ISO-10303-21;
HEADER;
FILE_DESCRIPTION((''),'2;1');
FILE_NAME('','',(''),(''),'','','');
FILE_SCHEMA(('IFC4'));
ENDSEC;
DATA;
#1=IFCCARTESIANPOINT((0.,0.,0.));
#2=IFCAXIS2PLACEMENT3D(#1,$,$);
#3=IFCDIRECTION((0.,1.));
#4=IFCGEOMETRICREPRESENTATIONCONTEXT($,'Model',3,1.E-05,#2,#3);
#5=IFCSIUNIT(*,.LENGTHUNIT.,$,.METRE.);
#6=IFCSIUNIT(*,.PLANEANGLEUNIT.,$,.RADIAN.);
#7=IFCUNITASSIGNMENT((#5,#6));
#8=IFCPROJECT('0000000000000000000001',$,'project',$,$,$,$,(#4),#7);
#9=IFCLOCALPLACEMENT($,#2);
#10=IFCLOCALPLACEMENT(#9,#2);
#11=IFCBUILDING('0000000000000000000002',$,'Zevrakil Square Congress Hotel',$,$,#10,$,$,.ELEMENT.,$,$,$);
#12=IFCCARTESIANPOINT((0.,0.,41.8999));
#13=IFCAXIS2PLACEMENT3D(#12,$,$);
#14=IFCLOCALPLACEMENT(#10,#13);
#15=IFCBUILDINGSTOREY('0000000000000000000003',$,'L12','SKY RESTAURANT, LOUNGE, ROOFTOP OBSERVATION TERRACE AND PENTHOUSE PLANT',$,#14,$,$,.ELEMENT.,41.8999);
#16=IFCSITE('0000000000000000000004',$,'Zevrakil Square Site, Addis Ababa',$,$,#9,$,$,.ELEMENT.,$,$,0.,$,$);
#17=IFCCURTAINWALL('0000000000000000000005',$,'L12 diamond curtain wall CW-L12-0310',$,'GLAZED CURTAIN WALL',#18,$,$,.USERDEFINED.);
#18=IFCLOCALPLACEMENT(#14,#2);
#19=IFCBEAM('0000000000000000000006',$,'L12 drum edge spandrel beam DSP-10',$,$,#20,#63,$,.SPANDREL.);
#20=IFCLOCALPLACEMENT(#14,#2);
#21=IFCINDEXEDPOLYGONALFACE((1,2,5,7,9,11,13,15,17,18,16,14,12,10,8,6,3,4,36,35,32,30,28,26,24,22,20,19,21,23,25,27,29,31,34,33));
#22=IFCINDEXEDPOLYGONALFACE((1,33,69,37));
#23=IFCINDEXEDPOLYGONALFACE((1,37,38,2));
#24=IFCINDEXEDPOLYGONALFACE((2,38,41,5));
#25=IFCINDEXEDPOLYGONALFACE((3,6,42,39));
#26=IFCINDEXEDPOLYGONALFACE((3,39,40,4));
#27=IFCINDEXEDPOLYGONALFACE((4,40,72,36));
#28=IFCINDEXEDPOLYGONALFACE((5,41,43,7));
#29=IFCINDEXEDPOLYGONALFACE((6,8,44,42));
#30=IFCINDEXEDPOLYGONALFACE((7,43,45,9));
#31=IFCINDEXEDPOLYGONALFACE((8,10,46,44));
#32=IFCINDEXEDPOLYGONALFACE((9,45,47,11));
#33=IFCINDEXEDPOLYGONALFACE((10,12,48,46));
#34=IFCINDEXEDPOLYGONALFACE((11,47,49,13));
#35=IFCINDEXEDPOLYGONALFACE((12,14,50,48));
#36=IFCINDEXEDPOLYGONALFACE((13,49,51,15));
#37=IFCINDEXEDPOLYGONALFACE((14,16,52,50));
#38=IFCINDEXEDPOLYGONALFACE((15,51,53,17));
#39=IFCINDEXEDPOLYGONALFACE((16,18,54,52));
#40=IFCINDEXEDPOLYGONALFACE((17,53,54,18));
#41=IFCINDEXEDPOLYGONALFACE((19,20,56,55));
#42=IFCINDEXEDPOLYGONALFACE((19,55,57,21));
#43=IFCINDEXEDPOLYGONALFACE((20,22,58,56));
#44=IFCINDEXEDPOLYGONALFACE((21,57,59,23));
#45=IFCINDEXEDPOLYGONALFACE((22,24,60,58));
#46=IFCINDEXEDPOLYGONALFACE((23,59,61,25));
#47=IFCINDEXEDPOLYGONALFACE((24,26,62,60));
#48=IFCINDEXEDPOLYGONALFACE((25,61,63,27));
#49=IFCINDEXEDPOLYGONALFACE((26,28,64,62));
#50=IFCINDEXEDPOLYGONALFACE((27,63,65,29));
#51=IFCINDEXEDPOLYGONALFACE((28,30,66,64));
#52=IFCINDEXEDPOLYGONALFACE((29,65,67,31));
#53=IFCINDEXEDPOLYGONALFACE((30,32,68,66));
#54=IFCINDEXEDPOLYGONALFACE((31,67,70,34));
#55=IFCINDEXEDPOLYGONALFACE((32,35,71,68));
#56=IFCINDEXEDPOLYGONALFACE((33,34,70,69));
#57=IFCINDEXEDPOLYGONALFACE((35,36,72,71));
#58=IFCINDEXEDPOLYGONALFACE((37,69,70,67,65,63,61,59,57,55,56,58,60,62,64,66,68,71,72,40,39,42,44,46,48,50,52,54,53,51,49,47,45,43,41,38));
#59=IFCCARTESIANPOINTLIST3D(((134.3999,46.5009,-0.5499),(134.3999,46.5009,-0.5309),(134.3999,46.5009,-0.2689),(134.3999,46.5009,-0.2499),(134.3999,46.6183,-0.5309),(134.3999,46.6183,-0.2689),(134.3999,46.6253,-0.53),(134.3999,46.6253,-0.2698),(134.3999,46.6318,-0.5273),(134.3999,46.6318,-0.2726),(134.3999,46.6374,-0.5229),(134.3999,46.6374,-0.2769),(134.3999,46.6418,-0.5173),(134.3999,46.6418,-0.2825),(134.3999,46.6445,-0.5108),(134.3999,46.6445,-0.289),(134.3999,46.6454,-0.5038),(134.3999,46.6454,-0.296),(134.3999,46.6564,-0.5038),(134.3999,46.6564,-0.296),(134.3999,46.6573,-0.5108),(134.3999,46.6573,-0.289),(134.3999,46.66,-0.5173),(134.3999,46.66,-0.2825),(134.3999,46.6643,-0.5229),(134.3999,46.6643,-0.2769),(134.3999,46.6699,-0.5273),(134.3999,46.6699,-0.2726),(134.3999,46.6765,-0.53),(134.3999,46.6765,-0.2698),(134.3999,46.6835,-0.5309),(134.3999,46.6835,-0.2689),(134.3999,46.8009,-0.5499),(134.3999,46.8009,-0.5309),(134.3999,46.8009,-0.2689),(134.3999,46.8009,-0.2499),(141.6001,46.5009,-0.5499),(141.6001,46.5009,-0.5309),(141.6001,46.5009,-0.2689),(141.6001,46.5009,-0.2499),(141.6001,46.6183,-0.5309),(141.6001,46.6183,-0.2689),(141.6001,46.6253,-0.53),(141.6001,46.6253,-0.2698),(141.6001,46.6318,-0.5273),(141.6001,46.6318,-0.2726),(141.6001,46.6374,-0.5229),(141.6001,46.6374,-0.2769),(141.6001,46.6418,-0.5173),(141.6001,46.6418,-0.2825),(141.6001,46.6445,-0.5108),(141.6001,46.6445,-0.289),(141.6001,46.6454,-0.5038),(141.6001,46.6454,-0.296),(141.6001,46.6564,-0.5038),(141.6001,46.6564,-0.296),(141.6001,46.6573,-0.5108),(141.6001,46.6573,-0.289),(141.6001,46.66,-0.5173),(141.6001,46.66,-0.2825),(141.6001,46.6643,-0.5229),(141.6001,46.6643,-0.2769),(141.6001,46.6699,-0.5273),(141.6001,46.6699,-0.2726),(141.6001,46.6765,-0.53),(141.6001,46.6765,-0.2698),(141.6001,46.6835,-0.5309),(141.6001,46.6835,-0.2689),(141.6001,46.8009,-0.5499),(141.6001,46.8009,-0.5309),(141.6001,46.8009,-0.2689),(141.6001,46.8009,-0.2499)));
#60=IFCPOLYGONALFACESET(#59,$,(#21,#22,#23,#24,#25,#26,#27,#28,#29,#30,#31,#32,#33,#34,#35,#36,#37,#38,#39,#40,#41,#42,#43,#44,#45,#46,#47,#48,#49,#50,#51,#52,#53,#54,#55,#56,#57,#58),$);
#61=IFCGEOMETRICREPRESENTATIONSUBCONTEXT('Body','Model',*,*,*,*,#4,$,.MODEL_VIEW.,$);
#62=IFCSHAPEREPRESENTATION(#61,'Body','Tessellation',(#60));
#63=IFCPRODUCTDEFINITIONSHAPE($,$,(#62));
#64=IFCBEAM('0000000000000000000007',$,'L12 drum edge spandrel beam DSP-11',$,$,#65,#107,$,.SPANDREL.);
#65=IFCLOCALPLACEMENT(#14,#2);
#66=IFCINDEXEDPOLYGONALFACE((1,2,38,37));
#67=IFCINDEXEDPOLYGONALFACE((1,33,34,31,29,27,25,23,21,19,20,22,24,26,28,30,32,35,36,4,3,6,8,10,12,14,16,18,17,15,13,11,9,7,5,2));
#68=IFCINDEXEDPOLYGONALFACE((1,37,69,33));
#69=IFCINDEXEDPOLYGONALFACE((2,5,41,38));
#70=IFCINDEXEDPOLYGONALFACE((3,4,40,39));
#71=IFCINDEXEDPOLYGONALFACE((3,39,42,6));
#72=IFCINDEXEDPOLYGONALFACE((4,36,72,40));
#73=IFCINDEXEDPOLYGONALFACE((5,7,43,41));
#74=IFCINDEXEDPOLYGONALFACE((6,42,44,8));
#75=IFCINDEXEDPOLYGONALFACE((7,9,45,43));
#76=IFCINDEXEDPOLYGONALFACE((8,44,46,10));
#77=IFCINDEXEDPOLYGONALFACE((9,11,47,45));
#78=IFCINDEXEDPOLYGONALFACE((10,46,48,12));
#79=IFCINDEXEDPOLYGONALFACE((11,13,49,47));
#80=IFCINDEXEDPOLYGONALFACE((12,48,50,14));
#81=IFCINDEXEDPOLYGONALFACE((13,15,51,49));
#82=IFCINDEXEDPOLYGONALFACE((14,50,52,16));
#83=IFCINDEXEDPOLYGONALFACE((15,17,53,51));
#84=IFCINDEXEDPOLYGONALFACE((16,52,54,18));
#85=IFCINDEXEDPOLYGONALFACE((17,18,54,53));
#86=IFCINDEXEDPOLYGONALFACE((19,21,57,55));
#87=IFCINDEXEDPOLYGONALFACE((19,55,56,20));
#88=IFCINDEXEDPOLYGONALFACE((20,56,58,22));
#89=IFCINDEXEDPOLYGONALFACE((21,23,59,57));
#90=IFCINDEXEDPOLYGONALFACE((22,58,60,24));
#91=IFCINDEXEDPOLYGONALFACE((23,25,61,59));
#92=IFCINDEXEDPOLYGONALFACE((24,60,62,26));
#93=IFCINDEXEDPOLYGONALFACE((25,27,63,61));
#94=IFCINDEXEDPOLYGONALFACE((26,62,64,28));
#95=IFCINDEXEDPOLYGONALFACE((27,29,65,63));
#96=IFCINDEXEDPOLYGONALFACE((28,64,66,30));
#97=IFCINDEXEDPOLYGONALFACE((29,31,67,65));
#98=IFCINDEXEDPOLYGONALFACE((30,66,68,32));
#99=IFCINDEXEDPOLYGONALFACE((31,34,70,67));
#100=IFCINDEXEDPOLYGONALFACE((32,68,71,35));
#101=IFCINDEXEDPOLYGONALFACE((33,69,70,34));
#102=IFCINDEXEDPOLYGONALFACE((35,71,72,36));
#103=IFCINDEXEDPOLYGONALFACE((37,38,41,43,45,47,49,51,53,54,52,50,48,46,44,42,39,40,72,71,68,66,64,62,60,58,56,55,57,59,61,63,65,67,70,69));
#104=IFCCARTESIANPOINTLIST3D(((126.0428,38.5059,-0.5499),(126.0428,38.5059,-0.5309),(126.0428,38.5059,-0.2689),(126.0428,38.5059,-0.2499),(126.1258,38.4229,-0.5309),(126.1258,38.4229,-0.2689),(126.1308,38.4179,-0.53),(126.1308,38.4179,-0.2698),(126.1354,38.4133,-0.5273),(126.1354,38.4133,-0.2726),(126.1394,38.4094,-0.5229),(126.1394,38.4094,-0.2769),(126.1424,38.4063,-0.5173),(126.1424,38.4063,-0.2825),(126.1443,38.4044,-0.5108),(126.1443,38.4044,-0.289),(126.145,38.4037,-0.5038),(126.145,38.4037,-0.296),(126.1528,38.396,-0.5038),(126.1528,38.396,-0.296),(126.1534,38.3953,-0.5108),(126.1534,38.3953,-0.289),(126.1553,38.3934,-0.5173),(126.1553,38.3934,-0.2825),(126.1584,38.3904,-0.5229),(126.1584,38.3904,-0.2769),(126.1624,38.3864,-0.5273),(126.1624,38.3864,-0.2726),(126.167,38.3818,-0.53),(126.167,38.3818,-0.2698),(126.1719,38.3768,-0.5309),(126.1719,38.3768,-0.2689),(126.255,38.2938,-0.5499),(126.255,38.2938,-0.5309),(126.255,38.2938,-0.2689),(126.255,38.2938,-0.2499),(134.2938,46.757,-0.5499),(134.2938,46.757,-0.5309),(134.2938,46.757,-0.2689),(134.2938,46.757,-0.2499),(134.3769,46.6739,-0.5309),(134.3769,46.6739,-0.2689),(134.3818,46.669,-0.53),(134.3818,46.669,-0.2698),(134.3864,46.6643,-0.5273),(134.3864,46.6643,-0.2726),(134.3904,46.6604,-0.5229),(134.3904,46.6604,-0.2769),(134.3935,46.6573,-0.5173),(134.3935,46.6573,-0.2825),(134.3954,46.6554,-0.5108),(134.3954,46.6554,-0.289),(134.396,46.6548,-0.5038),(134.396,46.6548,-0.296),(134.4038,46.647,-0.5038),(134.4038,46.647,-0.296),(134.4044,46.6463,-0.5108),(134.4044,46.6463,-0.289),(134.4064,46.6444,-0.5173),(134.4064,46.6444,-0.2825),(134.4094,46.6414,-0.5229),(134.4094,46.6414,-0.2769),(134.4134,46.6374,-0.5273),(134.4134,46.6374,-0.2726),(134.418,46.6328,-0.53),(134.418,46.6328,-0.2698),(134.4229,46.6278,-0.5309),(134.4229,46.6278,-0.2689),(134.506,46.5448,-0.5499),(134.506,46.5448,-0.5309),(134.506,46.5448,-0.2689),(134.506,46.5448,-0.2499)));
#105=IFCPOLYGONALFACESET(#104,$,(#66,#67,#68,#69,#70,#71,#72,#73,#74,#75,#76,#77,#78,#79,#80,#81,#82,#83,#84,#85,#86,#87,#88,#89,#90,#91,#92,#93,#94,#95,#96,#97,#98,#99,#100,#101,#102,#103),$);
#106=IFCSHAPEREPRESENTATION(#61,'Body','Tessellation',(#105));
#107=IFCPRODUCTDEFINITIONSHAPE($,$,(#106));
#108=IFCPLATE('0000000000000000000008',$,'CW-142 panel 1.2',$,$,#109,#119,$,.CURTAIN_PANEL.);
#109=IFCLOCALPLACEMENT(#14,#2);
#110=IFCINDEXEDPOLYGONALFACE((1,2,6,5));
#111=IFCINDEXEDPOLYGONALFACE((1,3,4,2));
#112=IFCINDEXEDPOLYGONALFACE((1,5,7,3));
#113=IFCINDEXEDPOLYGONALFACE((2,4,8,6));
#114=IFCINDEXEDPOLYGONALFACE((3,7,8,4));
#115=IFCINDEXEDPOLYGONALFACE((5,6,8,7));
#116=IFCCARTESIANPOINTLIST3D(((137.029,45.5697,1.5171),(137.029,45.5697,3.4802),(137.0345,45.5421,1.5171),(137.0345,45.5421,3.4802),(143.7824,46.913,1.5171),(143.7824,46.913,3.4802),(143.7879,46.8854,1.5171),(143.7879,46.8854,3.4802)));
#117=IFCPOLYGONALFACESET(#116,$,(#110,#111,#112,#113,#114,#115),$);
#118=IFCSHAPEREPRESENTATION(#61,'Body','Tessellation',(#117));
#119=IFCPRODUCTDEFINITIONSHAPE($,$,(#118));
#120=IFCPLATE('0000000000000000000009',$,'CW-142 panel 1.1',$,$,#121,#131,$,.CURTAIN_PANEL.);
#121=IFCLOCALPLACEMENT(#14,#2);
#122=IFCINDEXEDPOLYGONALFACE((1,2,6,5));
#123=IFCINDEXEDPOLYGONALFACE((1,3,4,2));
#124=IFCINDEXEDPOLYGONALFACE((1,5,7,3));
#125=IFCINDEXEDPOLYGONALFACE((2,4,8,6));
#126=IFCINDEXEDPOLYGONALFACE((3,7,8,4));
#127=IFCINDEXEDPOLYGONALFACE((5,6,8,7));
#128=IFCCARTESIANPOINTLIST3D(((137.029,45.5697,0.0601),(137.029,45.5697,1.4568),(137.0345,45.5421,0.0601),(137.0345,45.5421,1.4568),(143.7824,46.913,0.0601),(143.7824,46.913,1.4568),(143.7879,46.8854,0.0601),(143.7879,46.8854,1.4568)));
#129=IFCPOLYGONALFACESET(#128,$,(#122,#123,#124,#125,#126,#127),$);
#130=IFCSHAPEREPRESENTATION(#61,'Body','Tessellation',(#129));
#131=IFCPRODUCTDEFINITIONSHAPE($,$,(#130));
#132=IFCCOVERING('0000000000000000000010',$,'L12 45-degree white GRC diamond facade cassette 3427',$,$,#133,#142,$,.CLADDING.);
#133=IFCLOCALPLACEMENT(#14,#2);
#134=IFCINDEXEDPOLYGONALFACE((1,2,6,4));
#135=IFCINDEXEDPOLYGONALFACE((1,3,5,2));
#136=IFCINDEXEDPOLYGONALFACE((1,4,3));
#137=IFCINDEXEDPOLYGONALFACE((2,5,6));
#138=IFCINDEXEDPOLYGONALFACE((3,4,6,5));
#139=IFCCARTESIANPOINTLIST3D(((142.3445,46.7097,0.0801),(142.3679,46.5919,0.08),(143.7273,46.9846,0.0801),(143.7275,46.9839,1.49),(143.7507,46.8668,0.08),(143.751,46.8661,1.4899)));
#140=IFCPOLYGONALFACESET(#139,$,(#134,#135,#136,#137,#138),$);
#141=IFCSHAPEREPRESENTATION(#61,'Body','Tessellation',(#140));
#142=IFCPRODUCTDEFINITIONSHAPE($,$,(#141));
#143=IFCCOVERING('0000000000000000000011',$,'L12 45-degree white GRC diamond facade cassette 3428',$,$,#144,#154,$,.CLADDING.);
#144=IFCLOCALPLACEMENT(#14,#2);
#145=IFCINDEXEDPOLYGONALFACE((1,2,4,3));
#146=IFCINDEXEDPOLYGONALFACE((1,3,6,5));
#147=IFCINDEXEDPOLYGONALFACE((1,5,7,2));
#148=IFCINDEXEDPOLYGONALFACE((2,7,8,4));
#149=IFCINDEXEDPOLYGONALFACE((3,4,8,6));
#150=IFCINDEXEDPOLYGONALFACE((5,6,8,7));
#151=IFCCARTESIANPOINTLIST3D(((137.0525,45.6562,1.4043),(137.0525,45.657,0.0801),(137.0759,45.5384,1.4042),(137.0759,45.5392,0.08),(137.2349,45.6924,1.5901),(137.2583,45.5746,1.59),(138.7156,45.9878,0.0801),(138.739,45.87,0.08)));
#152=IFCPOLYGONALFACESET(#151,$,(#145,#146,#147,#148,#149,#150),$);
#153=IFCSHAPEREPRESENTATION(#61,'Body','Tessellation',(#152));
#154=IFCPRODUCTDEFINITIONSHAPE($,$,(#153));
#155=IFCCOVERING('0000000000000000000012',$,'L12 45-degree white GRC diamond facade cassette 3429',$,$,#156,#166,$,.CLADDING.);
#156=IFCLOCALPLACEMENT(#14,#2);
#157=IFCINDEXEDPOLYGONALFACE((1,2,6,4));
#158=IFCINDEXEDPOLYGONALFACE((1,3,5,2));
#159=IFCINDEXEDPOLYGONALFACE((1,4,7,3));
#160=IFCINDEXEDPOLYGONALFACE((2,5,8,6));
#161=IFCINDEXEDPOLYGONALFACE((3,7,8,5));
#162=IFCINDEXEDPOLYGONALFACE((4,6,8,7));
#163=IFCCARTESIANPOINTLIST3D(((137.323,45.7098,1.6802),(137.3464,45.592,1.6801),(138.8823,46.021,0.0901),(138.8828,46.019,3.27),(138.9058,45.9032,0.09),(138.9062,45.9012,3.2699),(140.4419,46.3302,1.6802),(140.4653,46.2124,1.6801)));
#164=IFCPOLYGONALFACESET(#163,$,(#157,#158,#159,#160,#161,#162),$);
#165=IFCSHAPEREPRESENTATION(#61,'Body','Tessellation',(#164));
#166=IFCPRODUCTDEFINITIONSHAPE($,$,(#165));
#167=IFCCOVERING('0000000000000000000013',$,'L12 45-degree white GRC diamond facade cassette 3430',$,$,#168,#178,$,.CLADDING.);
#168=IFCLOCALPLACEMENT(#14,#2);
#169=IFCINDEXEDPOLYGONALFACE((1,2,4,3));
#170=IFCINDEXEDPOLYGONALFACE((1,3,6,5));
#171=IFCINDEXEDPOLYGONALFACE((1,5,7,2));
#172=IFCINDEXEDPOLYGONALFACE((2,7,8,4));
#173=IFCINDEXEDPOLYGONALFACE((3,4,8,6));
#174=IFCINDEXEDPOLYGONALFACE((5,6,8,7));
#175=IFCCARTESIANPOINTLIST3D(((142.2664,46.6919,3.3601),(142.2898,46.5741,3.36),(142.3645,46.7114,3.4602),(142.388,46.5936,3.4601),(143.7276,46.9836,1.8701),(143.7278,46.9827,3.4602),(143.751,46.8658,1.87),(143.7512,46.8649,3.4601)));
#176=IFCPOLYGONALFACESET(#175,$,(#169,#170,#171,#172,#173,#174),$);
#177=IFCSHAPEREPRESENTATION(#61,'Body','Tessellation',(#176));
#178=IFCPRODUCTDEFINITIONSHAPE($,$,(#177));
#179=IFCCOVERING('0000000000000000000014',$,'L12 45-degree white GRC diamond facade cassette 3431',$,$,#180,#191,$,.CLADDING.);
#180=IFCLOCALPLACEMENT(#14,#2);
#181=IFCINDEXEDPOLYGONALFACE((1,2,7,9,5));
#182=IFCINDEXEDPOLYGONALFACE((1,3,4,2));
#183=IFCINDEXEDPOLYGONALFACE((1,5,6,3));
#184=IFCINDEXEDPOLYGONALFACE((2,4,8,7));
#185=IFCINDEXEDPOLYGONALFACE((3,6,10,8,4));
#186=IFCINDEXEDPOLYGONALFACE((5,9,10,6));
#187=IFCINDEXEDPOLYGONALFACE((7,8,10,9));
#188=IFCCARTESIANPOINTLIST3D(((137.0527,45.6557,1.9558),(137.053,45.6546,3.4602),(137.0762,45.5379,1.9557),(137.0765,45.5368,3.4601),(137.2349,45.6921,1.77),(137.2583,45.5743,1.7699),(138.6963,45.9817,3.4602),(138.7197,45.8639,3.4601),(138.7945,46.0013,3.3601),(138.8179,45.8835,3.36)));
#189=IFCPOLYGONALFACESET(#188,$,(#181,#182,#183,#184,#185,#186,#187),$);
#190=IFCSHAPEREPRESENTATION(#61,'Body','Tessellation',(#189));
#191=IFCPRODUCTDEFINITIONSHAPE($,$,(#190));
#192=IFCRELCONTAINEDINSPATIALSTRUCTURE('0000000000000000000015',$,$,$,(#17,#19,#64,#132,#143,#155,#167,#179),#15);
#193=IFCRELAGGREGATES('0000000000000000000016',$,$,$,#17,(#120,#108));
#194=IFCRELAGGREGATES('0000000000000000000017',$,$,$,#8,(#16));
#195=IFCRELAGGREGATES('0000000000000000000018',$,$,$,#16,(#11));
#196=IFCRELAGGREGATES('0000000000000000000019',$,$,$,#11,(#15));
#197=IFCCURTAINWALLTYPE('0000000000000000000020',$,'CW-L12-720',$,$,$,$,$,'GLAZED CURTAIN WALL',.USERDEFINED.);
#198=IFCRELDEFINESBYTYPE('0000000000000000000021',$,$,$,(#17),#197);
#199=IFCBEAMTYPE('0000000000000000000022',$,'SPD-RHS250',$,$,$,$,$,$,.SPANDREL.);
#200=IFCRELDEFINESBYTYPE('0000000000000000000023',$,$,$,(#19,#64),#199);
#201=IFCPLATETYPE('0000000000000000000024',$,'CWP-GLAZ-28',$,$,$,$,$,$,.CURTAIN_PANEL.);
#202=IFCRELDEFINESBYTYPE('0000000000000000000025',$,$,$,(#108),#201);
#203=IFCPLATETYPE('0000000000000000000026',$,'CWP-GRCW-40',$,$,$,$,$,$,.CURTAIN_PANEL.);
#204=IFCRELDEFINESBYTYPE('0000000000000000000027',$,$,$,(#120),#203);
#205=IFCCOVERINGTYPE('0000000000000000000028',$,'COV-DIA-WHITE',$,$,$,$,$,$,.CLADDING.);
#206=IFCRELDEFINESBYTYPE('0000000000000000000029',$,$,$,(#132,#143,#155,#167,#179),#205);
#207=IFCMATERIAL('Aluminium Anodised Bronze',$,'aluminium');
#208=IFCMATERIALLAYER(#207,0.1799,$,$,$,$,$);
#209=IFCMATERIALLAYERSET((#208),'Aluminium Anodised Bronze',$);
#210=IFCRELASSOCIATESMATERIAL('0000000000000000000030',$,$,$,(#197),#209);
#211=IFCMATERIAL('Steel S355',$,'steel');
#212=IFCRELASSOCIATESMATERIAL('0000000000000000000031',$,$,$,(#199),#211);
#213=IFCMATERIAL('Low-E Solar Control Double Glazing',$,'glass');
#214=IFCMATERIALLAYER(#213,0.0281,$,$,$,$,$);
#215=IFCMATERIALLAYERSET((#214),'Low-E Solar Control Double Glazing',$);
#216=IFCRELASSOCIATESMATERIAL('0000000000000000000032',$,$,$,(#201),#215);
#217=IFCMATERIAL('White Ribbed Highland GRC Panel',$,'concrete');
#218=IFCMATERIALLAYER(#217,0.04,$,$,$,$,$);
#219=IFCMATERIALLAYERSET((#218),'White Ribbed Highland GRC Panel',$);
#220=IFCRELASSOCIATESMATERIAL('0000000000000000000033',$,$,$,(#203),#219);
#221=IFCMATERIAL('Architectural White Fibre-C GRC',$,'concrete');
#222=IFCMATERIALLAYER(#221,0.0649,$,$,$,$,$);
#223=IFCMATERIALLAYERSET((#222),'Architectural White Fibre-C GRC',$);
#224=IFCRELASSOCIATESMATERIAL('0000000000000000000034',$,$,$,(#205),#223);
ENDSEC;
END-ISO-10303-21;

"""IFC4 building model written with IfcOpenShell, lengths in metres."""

from ifc_helpers import new_model, si_unit, direction, frame, origin, origin_2d, place, context, subcontext, project, spatial, polyline, rectangle, i_section, outline, extrude, material, layer, layer_set, material_profile, profile_set, type_object, element, aggregate, save


model = new_model("IFC4")

# Units and contexts
model_context = context("Model", 3, precision=1e-05, world=origin(), true_north=direction((0.0, 1.0)))
body_context = subcontext(model_context, "Body", "Model", "MODEL_VIEW")
ifc_project = project(units=[si_unit("LENGTHUNIT", "METRE"), si_unit("PLANEANGLEUNIT", "RADIAN")], contexts=[model_context])

# Site, building, storey
site_placement = place(None, origin())
site = spatial("IfcSite", under=ifc_project, at=site_placement, Name="Zevrakil Square Site, Addis Ababa", CompositionType="ELEMENT", RefElevation=0.0)
building_placement = place(site_placement, origin())
building = spatial("IfcBuilding", under=site, at=building_placement, Name="Zevrakil Square Congress Hotel", CompositionType="ELEMENT")
storey_placement = place(building_placement, frame((0.0, 0.0, 41.8999)))
storey = spatial("IfcBuildingStorey", under=building, at=storey_placement, Name="L12", Description="SKY RESTAURANT, LOUNGE, ROOFTOP OBSERVATION TERRACE AND PENTHOUSE PLANT", CompositionType="ELEMENT", Elevation=41.8999)

# Curtain wall
ifc_material_1 = material(Name="Aluminium Anodised Bronze", Category="aluminium")
ifc_layer_1 = layer(ifc_material_1, 0.1799)
ifc_layer_set_1 = layer_set([ifc_layer_1], Name="Aluminium Anodised Bronze")
curtain_wall_type_1 = type_object("IfcCurtainWallType", Name="CW-L12-720", ElementType="GLAZED CURTAIN WALL", PredefinedType="USERDEFINED", material=ifc_layer_set_1)
curtain_wall_1_placement = place(storey_placement, origin())
curtain_wall_1 = element("IfcCurtainWall", 1, at=curtain_wall_1_placement, inside=storey, type_object=curtain_wall_type_1, Name="L12 diamond curtain wall CW-L12-0310", ObjectType="GLAZED CURTAIN WALL", PredefinedType="USERDEFINED")

# Beams
ifc_material_2 = material(Name="Steel S355", Category="steel")
ifc_material_profile_1 = material_profile(ifc_material_2, i_section(OverallWidth=0.3, OverallDepth=0.3, WebThickness=0.011, FlangeThickness=0.019, FilletRadius=0.0271, at=origin_2d()), Name="HEB 300")
ifc_profile_set_1 = profile_set([ifc_material_profile_1], Name="Steel S355")
beam_type_1 = type_object("IfcBeamType", Name="SPD-RHS250", PredefinedType="SPANDREL", material=ifc_profile_set_1)
beam_1_placement = place(storey_placement, frame((141.6001, 46.6509, -0.3999), z_axis=(-1.0, 0.0, 0.0), x_axis=(0.0, -1.0, 0.0)))
element("IfcBeam", 2, at=beam_1_placement, inside=storey, type_object=beam_type_1, Name="L12 drum edge spandrel beam DSP-10", PredefinedType="SPANDREL", context=body_context, shape_type="SweptSolid", body=[
    extrude(i_section(OverallWidth=0.3, OverallDepth=0.3, WebThickness=0.011, FlangeThickness=0.019, FilletRadius=0.0271, at=origin_2d()), origin(), (0.0, 0.0, 1.0), 7.2002),
])
beam_2_placement = place(storey_placement, frame((134.3999, 46.6509, -0.3999), z_axis=(-0.707107, -0.707107, 0.0), x_axis=(0.707107, -0.707107, 0.0)))
element("IfcBeam", 3, at=beam_2_placement, inside=storey, type_object=beam_type_1, Name="L12 drum edge spandrel beam DSP-11", PredefinedType="SPANDREL", context=body_context, shape_type="SweptSolid", body=[
    extrude(i_section(OverallWidth=0.3, OverallDepth=0.3, WebThickness=0.011, FlangeThickness=0.019, FilletRadius=0.0271, at=origin_2d()), origin(), (0.0, 0.0, 1.0), 11.6687),
])

# Plates
ifc_material_3 = material(Name="Low-E Solar Control Double Glazing", Category="glass")
ifc_layer_2 = layer(ifc_material_3, 0.0281)
ifc_layer_set_2 = layer_set([ifc_layer_2], Name="Low-E Solar Control Double Glazing")
plate_type_1 = type_object("IfcPlateType", Name="CWP-GLAZ-28", PredefinedType="CURTAIN_PANEL", material=ifc_layer_set_2)
plate_1_placement = place(storey_placement, frame((140.4084, 46.2275, 1.5171), z_axis=(0.0, 0.0, 1.0), x_axis=(-0.980787, -0.195084, 0.0)))
plate_1 = element("IfcPlate", 4, at=plate_1_placement, type_object=plate_type_1, Name="CW-142 panel 1.2", PredefinedType="CURTAIN_PANEL", context=body_context, shape_type="SweptSolid", body=[
    extrude(rectangle(XDim=6.8857, YDim=0.0281, at=origin_2d()), origin(), (0.0, 0.0, 1.0), 1.9631),
])
ifc_material_4 = material(Name="White Ribbed Highland GRC Panel", Category="concrete")
ifc_layer_3 = layer(ifc_material_4, 0.04)
ifc_layer_set_3 = layer_set([ifc_layer_3], Name="White Ribbed Highland GRC Panel")
plate_type_2 = type_object("IfcPlateType", Name="CWP-GRCW-40", PredefinedType="CURTAIN_PANEL", material=ifc_layer_set_3)
plate_2_placement = place(storey_placement, frame((140.4084, 46.2275, 0.0601), z_axis=(0.0, 0.0, 1.0), x_axis=(-0.980787, -0.195084, 0.0)))
plate_2 = element("IfcPlate", 5, at=plate_2_placement, type_object=plate_type_2, Name="CW-142 panel 1.1", PredefinedType="CURTAIN_PANEL", context=body_context, shape_type="SweptSolid", body=[
    extrude(rectangle(XDim=6.8857, YDim=0.0281, at=origin_2d()), origin(), (0.0, 0.0, 1.0), 1.3967),
])
aggregate(curtain_wall_1, [plate_2, plate_1])

# Coverings
ifc_material_5 = material(Name="Architectural White Fibre-C GRC", Category="concrete")
ifc_layer_4 = layer(ifc_material_5, 0.0649)
ifc_layer_set_4 = layer_set([ifc_layer_4], Name="Architectural White Fibre-C GRC")
covering_type_1 = type_object("IfcCoveringType", Name="COV-DIA-WHITE", PredefinedType="CLADDING", material=ifc_layer_set_4)
covering_1_placement = place(storey_placement, frame((142.3445, 46.7097, 0.0801), z_axis=(-0.194984, 0.980806, 0.000543), x_axis=(0.980806, 0.194984, 0.0)))
element("IfcCovering", 6, at=covering_1_placement, inside=storey, type_object=covering_type_1, Name="L12 45-degree white GRC diamond facade cassette 3427", PredefinedType="CLADDING", context=body_context, shape_type="SweptSolid", body=[
    extrude(outline(polyline([(0.0, 0.0), (1.4099, 0.0), (1.41, -1.4099), (0.0, 0.0)])), origin(), (0.0, 0.0, -1.0), 0.1201),
])
covering_2_placement = place(storey_placement, frame((137.2349, 45.6924, 1.5901), z_axis=(-0.195073, 0.980789, 0.000567), x_axis=(-0.693837, -0.137592, -0.706865)))
element("IfcCovering", 7, at=covering_2_placement, inside=storey, type_object=covering_type_1, Name="L12 45-degree white GRC diamond facade cassette 3428", PredefinedType="CLADDING", context=body_context, shape_type="SweptSolid", body=[
    extrude(outline(polyline([(0.0, 0.0), (0.2628, 0.0), (1.1988, -0.9368), (-0.0006, -2.1354), (0.0, 0.0)])), origin(), (0.0, 0.0, -1.0), 0.1201),
])
covering_3_placement = place(storey_placement, frame((138.8828, 46.019, 3.27), z_axis=(-0.195082, 0.980787, 0.000632), x_axis=(-0.693684, -0.137521, -0.70703)))
element("IfcCovering", 8, at=covering_3_placement, inside=storey, type_object=covering_type_1, Name="L12 45-degree white GRC diamond facade cassette 3429", PredefinedType="CLADDING", context=body_context, shape_type="SweptSolid", body=[
    extrude(outline(polyline([(0.0, 0.0), (2.2486, 0.0), (2.2484, -2.2487), (-0.0002, -2.2484), (0.0, 0.0)])), origin(), (0.0, 0.0, -1.0), 0.1201),
])
covering_4_placement = place(storey_placement, frame((142.2664, 46.6919, 3.3601), z_axis=(-0.195178, 0.980768, 0.000595), x_axis=(0.693433, 0.138426, -0.707099)))
element("IfcCovering", 9, at=covering_4_placement, inside=storey, type_object=covering_type_1, Name="L12 45-degree white GRC diamond facade cassette 3430", PredefinedType="CLADDING", context=body_context, shape_type="SweptSolid", body=[
    extrude(outline(polyline([(0.0, 0.0), (2.1072, 0.0), (0.9829, -1.1244), (0.0, -0.1415), (0.0, 0.0)])), origin(), (0.0, 0.0, -1.0), 0.1201),
])
covering_5_placement = place(storey_placement, frame((137.2349, 45.6921, 1.77), z_axis=(-0.195202, 0.980763, 0.000756), x_axis=(0.693578, 0.137498, 0.707137)))
element("IfcCovering", 10, at=covering_5_placement, inside=storey, type_object=covering_type_1, Name="L12 45-degree white GRC diamond facade cassette 3431", PredefinedType="CLADDING", context=body_context, shape_type="SweptSolid", body=[
    extrude(outline(polyline([(0.0, 0.0), (2.2486, 0.0), (2.2486, -0.1416), (1.0639, -1.3264), (0.0001, -0.2627), (0.0, 0.0)])), origin(), (0.0, 0.0, -1.0), 0.1201),
])

save(model, "model.ifc")
